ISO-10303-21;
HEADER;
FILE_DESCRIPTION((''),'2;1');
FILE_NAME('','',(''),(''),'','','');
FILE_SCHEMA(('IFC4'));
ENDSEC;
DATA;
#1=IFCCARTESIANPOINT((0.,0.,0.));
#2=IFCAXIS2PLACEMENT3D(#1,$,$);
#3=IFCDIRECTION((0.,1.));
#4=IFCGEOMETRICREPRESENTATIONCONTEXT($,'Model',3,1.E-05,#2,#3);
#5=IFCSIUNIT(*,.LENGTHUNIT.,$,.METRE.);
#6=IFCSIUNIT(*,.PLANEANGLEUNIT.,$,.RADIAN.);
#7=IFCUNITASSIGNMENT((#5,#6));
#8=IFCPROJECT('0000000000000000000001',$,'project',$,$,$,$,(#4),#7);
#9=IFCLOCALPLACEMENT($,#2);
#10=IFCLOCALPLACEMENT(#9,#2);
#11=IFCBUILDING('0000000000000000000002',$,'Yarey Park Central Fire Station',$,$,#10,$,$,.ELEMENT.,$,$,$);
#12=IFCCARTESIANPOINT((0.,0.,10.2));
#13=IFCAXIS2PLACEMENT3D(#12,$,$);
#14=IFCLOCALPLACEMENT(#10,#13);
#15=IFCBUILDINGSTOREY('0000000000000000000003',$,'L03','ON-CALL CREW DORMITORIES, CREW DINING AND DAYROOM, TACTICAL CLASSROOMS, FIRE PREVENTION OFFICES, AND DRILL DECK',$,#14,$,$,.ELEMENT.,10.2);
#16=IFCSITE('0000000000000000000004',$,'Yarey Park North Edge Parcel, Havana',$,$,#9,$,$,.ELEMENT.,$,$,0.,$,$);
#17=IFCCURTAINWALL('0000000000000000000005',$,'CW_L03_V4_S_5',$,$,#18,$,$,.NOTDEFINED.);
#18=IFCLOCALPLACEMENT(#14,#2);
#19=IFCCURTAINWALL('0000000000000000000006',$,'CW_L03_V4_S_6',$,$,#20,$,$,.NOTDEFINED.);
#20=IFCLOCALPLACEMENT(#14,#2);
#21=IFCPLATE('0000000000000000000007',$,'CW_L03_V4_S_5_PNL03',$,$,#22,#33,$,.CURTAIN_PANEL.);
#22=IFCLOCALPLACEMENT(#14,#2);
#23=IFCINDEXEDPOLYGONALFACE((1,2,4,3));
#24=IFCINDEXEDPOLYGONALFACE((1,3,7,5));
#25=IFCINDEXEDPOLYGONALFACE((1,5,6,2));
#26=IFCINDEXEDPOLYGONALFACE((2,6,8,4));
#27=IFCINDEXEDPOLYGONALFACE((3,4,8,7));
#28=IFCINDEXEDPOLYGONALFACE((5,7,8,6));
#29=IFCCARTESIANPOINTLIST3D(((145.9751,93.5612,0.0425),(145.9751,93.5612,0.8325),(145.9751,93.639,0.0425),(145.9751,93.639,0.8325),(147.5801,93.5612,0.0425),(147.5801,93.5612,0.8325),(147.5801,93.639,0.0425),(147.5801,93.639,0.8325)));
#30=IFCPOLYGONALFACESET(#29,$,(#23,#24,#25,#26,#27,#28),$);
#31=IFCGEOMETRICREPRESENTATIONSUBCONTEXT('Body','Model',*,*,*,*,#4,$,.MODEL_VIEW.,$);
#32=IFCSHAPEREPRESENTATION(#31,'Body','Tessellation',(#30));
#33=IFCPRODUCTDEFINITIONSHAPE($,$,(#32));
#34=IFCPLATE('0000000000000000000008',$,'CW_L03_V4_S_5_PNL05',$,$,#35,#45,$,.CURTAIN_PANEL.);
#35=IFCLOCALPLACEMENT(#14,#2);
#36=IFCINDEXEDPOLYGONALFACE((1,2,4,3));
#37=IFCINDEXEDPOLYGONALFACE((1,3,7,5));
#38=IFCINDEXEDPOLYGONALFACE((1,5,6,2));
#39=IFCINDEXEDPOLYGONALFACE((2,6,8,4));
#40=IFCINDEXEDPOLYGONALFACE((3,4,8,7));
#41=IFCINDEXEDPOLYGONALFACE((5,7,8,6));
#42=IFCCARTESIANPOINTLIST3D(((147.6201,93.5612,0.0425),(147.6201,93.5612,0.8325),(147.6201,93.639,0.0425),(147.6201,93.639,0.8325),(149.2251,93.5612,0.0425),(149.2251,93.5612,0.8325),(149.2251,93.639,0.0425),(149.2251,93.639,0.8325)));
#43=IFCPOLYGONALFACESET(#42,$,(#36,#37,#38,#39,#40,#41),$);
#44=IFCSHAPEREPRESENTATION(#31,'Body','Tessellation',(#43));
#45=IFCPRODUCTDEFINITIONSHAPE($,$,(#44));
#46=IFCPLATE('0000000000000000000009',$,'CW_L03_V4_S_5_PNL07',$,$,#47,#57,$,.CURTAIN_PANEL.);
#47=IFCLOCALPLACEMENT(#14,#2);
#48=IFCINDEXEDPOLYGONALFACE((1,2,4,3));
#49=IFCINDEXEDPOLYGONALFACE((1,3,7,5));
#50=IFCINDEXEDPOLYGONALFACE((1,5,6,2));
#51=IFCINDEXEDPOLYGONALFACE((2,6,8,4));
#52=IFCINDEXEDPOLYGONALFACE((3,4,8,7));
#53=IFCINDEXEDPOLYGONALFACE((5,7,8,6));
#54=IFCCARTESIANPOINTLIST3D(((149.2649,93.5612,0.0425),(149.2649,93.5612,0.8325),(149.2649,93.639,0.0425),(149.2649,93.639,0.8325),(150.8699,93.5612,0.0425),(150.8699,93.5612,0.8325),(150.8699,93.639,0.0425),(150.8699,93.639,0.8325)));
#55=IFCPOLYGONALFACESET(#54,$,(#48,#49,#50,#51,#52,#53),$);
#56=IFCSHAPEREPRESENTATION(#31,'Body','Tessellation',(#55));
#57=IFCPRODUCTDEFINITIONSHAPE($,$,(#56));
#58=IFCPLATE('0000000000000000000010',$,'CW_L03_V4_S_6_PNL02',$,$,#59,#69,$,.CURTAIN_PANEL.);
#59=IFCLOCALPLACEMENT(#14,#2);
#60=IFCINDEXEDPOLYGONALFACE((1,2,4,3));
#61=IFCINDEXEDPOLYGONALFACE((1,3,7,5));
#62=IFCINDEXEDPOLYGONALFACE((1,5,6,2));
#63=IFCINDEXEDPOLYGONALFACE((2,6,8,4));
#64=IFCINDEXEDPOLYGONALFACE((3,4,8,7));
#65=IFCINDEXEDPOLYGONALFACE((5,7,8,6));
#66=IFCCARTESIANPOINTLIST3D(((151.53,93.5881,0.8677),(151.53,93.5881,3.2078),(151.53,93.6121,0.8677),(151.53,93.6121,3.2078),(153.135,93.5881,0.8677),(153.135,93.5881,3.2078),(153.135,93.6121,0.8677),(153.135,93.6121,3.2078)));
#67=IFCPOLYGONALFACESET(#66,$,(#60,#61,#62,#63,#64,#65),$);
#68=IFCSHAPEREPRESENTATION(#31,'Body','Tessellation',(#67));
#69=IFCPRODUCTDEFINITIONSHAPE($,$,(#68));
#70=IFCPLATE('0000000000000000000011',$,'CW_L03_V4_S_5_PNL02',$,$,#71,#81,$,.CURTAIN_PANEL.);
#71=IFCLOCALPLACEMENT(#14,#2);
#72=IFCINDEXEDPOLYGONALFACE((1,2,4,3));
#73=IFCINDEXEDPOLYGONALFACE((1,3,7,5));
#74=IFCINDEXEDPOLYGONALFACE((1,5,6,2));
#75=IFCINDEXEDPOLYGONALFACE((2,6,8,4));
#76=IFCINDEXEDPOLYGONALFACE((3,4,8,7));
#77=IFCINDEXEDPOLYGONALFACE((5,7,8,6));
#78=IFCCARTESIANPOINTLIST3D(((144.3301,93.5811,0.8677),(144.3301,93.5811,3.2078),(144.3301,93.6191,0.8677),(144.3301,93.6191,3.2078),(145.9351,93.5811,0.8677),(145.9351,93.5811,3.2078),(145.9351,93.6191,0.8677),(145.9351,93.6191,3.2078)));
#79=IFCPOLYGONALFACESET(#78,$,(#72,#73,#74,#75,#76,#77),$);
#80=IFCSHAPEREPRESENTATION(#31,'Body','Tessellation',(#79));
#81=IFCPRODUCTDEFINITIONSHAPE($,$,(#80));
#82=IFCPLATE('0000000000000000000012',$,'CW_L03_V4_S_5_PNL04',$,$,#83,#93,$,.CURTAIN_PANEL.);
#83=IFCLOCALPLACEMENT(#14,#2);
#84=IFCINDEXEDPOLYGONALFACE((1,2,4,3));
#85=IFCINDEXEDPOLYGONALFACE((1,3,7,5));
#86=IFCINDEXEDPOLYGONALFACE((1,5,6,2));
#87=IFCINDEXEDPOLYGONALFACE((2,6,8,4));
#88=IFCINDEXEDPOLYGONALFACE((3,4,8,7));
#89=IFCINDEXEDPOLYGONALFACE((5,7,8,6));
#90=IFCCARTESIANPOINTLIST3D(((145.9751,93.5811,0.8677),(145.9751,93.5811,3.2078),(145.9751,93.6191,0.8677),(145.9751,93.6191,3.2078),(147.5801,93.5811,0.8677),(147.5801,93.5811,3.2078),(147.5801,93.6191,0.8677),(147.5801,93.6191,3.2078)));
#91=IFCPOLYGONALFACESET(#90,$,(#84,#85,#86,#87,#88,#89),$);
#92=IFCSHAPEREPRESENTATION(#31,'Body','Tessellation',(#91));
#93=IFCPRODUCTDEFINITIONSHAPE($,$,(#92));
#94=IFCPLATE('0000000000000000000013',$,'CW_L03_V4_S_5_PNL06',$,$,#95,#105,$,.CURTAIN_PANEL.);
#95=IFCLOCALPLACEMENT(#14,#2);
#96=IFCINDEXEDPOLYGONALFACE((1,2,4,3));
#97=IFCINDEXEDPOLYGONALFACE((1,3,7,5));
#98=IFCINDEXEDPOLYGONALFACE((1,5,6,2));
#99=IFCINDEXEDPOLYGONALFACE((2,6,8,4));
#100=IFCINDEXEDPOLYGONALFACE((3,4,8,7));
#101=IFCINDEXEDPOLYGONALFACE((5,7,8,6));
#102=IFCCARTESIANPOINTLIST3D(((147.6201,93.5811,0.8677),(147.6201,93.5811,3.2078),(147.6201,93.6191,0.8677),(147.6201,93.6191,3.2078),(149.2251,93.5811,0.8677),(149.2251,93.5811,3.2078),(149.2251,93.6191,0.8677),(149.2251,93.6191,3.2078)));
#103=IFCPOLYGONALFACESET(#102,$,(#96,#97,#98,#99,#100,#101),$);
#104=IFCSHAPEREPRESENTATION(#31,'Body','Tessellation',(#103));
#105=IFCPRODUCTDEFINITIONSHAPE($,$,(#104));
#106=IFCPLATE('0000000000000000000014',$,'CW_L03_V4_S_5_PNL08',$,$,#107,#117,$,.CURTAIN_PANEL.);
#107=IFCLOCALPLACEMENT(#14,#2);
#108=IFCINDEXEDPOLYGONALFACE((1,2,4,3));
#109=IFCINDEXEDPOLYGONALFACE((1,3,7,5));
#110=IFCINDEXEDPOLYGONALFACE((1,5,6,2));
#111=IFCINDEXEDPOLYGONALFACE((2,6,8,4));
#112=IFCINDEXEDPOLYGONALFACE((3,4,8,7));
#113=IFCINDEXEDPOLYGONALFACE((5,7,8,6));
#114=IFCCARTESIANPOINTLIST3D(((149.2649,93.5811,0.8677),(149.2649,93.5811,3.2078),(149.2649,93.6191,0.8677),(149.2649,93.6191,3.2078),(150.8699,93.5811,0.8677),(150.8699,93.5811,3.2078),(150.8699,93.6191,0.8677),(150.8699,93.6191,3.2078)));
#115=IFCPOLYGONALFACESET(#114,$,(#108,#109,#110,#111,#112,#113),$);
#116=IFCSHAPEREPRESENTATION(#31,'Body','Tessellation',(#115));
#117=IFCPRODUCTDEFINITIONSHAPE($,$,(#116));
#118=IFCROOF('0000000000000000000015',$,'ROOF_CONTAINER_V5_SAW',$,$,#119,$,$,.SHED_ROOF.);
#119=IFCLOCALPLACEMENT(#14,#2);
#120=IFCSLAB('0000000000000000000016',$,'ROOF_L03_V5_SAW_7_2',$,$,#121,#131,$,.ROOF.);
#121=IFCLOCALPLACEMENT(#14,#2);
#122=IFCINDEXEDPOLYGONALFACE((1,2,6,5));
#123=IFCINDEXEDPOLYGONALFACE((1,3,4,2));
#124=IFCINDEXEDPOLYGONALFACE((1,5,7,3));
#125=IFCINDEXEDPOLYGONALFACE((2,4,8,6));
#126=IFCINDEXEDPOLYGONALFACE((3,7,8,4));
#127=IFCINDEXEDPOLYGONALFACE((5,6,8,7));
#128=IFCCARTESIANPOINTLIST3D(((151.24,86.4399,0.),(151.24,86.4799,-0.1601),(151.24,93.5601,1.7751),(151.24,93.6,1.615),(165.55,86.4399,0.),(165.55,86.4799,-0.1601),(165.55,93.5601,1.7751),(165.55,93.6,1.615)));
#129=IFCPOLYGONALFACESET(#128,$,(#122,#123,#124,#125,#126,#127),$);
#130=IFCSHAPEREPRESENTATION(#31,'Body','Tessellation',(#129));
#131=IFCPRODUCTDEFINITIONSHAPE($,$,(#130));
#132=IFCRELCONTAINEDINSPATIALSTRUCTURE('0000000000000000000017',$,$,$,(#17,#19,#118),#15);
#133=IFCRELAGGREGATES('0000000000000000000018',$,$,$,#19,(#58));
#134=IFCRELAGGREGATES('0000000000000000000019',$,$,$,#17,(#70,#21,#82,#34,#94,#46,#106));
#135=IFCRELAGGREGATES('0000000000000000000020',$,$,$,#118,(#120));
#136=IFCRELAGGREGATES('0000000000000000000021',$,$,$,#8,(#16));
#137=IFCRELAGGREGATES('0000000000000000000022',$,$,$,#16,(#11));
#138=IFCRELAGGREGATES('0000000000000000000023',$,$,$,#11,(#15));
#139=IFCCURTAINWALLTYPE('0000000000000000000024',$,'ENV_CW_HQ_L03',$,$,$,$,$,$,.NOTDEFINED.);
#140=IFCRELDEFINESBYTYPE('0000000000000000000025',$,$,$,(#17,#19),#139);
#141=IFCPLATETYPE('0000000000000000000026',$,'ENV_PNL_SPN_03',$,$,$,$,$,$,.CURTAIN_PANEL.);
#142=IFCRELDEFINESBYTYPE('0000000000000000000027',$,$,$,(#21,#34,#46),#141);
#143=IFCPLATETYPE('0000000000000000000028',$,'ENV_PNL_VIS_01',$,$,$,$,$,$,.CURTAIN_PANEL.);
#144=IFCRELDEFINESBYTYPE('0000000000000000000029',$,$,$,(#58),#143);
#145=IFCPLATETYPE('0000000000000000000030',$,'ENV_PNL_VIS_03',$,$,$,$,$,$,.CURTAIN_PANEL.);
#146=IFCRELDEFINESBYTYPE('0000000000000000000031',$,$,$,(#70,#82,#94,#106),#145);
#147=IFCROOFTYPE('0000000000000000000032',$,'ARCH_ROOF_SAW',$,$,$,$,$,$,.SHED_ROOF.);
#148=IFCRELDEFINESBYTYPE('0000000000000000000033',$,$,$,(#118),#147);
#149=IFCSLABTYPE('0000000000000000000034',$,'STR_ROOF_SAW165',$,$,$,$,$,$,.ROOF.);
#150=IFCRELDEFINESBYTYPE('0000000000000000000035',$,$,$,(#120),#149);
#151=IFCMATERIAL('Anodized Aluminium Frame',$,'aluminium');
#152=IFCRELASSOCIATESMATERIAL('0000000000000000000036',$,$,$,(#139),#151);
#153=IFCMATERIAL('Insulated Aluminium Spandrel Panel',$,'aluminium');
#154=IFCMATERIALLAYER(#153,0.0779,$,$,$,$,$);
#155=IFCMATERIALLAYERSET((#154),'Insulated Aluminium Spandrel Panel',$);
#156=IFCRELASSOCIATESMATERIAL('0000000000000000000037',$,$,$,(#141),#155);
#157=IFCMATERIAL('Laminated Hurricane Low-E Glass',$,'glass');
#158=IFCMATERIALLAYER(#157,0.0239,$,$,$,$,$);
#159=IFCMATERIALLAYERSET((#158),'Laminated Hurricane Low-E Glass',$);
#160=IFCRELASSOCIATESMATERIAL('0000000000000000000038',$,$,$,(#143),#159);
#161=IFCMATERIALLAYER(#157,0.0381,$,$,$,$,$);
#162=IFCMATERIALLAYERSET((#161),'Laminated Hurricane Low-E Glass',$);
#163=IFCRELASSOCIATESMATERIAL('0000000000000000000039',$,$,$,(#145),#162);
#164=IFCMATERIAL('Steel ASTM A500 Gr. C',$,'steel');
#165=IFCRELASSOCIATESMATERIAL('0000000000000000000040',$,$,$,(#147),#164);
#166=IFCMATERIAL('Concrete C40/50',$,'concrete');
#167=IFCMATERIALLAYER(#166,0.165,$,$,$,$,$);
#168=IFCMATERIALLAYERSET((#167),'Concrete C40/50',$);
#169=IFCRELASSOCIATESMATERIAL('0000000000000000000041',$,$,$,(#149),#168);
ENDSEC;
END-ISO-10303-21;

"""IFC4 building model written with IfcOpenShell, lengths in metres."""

from ifc_helpers import new_model, si_unit, direction, frame, origin, origin_2d, place, context, subcontext, project, spatial, polyline, rectangle, outline, extrude, material, layer, layer_set, type_object, element, aggregate, save


model = new_model("IFC4")

# Units and contexts
model_context = context("Model", 3, precision=1e-05, world=origin(), true_north=direction((0.0, 1.0)))
body_context = subcontext(model_context, "Body", "Model", "MODEL_VIEW")
ifc_project = project(units=[si_unit("LENGTHUNIT", "METRE"), si_unit("PLANEANGLEUNIT", "RADIAN")], contexts=[model_context])

# Site, building, storey
site_placement = place(None, origin())
site = spatial("IfcSite", under=ifc_project, at=site_placement, Name="Yarey Park North Edge Parcel, Havana", CompositionType="ELEMENT", RefElevation=0.0)
building_placement = place(site_placement, origin())
building = spatial("IfcBuilding", under=site, at=building_placement, Name="Yarey Park Central Fire Station", CompositionType="ELEMENT")
storey_placement = place(building_placement, frame((0.0, 0.0, 10.2)))
storey = spatial("IfcBuildingStorey", under=building, at=storey_placement, Name="L03", Description="ON-CALL CREW DORMITORIES, CREW DINING AND DAYROOM, TACTICAL CLASSROOMS, FIRE PREVENTION OFFICES, AND DRILL DECK", CompositionType="ELEMENT", Elevation=10.2)

# Shared definitions
ifc_material_1 = material(Name="Concrete C40/50", Category="concrete")

# Curtain wall
ifc_material_2 = material(Name="Anodized Aluminium Frame", Category="aluminium")
curtain_wall_type_1 = type_object("IfcCurtainWallType", Name="ENV_CW_HQ_L03", PredefinedType="NOTDEFINED", material=ifc_material_2)
curtain_wall_1_placement = place(storey_placement, origin())
curtain_wall_1 = element("IfcCurtainWall", 1, at=curtain_wall_1_placement, inside=storey, type_object=curtain_wall_type_1, Name="CW_L03_V4_S_5", PredefinedType="NOTDEFINED")

# Curtain wall
curtain_wall_2_placement = place(storey_placement, origin())
curtain_wall_2 = element("IfcCurtainWall", 2, at=curtain_wall_2_placement, inside=storey, type_object=curtain_wall_type_1, Name="CW_L03_V4_S_6", PredefinedType="NOTDEFINED")

# Plates
ifc_material_3 = material(Name="Insulated Aluminium Spandrel Panel", Category="aluminium")
ifc_layer_1 = layer(ifc_material_3, 0.0779)
ifc_layer_set_1 = layer_set([ifc_layer_1], Name="Insulated Aluminium Spandrel Panel")
plate_type_1 = type_object("IfcPlateType", Name="ENV_PNL_SPN_03", PredefinedType="CURTAIN_PANEL", material=ifc_layer_set_1)
plate_1_placement = place(storey_placement, frame((146.7776, 93.6001, 0.0425), z_axis=(0.0, 0.0, 1.0), x_axis=(1.0, 0.0, 0.0)))
plate_1 = element("IfcPlate", 3, at=plate_1_placement, type_object=plate_type_1, Name="CW_L03_V4_S_5_PNL03", PredefinedType="CURTAIN_PANEL", context=body_context, shape_type="SweptSolid", body=[
    extrude(rectangle(XDim=1.605, YDim=0.0779, at=origin_2d()), origin(), (0.0, 0.0, 1.0), 0.79),
])
plate_2_placement = place(storey_placement, frame((148.4226, 93.6001, 0.0425), z_axis=(0.0, 0.0, 1.0), x_axis=(1.0, 0.0, 0.0)))
plate_2 = element("IfcPlate", 4, at=plate_2_placement, type_object=plate_type_1, Name="CW_L03_V4_S_5_PNL05", PredefinedType="CURTAIN_PANEL", context=body_context, shape_type="SweptSolid", body=[
    extrude(rectangle(XDim=1.605, YDim=0.0779, at=origin_2d()), origin(), (0.0, 0.0, 1.0), 0.79),
])
plate_3_placement = place(storey_placement, frame((150.0674, 93.6001, 0.0425), z_axis=(0.0, 0.0, 1.0), x_axis=(1.0, 0.0, 0.0)))
plate_3 = element("IfcPlate", 5, at=plate_3_placement, type_object=plate_type_1, Name="CW_L03_V4_S_5_PNL07", PredefinedType="CURTAIN_PANEL", context=body_context, shape_type="SweptSolid", body=[
    extrude(rectangle(XDim=1.605, YDim=0.0779, at=origin_2d()), origin(), (0.0, 0.0, 1.0), 0.79),
])
ifc_material_4 = material(Name="Laminated Hurricane Low-E Glass", Category="glass")
ifc_layer_2 = layer(ifc_material_4, 0.0239)
ifc_layer_set_2 = layer_set([ifc_layer_2], Name="Laminated Hurricane Low-E Glass")
plate_type_2 = type_object("IfcPlateType", Name="ENV_PNL_VIS_01", PredefinedType="CURTAIN_PANEL", material=ifc_layer_set_2)
plate_4_placement = place(storey_placement, frame((152.3325, 93.6001, 0.8677), z_axis=(0.0, 0.0, 1.0), x_axis=(1.0, 0.0, 0.0)))
plate_4 = element("IfcPlate", 6, at=plate_4_placement, type_object=plate_type_2, Name="CW_L03_V4_S_6_PNL02", PredefinedType="CURTAIN_PANEL", context=body_context, shape_type="SweptSolid", body=[
    extrude(rectangle(XDim=1.605, YDim=0.0239, at=origin_2d()), origin(), (0.0, 0.0, 1.0), 2.3401),
])
aggregate(curtain_wall_2, [plate_4])
ifc_layer_3 = layer(ifc_material_4, 0.0381)
ifc_layer_set_3 = layer_set([ifc_layer_3], Name="Laminated Hurricane Low-E Glass")
plate_type_3 = type_object("IfcPlateType", Name="ENV_PNL_VIS_03", PredefinedType="CURTAIN_PANEL", material=ifc_layer_set_3)
plate_5_placement = place(storey_placement, frame((145.1326, 93.6001, 0.8677), z_axis=(0.0, 0.0, 1.0), x_axis=(1.0, 0.0, 0.0)))
plate_5 = element("IfcPlate", 7, at=plate_5_placement, type_object=plate_type_3, Name="CW_L03_V4_S_5_PNL02", PredefinedType="CURTAIN_PANEL", context=body_context, shape_type="SweptSolid", body=[
    extrude(rectangle(XDim=1.605, YDim=0.0381, at=origin_2d()), origin(), (0.0, 0.0, 1.0), 2.3401),
])
plate_6_placement = place(storey_placement, frame((146.7776, 93.6001, 0.8677), z_axis=(0.0, 0.0, 1.0), x_axis=(1.0, 0.0, 0.0)))
plate_6 = element("IfcPlate", 8, at=plate_6_placement, type_object=plate_type_3, Name="CW_L03_V4_S_5_PNL04", PredefinedType="CURTAIN_PANEL", context=body_context, shape_type="SweptSolid", body=[
    extrude(rectangle(XDim=1.605, YDim=0.0381, at=origin_2d()), origin(), (0.0, 0.0, 1.0), 2.3401),
])
plate_7_placement = place(storey_placement, frame((148.4226, 93.6001, 0.8677), z_axis=(0.0, 0.0, 1.0), x_axis=(1.0, 0.0, 0.0)))
plate_7 = element("IfcPlate", 9, at=plate_7_placement, type_object=plate_type_3, Name="CW_L03_V4_S_5_PNL06", PredefinedType="CURTAIN_PANEL", context=body_context, shape_type="SweptSolid", body=[
    extrude(rectangle(XDim=1.605, YDim=0.0381, at=origin_2d()), origin(), (0.0, 0.0, 1.0), 2.3401),
])
plate_8_placement = place(storey_placement, frame((150.0674, 93.6001, 0.8677), z_axis=(0.0, 0.0, 1.0), x_axis=(1.0, 0.0, 0.0)))
plate_8 = element("IfcPlate", 10, at=plate_8_placement, type_object=plate_type_3, Name="CW_L03_V4_S_5_PNL08", PredefinedType="CURTAIN_PANEL", context=body_context, shape_type="SweptSolid", body=[
    extrude(rectangle(XDim=1.605, YDim=0.0381, at=origin_2d()), origin(), (0.0, 0.0, 1.0), 2.3401),
])
aggregate(curtain_wall_1, [plate_5, plate_1, plate_6, plate_2, plate_7, plate_3, plate_8])

# Roof, slab
ifc_material_5 = material(Name="Steel ASTM A500 Gr. C", Category="steel")
roof_type = type_object("IfcRoofType", Name="ARCH_ROOF_SAW", PredefinedType="SHED_ROOF", material=ifc_material_5)
roof_placement = place(storey_placement, origin())
roof = element("IfcRoof", 11, at=roof_placement, inside=storey, type_object=roof_type, Name="ROOF_CONTAINER_V5_SAW", PredefinedType="SHED_ROOF")
ifc_layer_4 = layer(ifc_material_1, 0.165)
ifc_layer_set_4 = layer_set([ifc_layer_4], Name="Concrete C40/50")
slab_type = type_object("IfcSlabType", Name="STR_ROOF_SAW165", PredefinedType="ROOF", material=ifc_layer_set_4)
slab_placement = place(storey_placement, frame((151.24, 86.4399, 0.0), z_axis=(0.0, -0.241909, 0.970299), x_axis=(1.0, 0.0, 0.0)))
slab = element("IfcSlab", 12, at=slab_placement, type_object=slab_type, Name="ROOF_L03_V5_SAW_7_2", PredefinedType="ROOF", context=body_context, shape_type="SweptSolid", body=[
    extrude(outline(polyline([(0.0, 0.0), (14.3101, 0.0), (14.3101, 7.3381), (0.0, 7.3381), (0.0, 0.0)])), origin(), (0.0, 0.0, -1.0), 0.165),
])
aggregate(roof, [slab])

save(model, "model.ifc")
